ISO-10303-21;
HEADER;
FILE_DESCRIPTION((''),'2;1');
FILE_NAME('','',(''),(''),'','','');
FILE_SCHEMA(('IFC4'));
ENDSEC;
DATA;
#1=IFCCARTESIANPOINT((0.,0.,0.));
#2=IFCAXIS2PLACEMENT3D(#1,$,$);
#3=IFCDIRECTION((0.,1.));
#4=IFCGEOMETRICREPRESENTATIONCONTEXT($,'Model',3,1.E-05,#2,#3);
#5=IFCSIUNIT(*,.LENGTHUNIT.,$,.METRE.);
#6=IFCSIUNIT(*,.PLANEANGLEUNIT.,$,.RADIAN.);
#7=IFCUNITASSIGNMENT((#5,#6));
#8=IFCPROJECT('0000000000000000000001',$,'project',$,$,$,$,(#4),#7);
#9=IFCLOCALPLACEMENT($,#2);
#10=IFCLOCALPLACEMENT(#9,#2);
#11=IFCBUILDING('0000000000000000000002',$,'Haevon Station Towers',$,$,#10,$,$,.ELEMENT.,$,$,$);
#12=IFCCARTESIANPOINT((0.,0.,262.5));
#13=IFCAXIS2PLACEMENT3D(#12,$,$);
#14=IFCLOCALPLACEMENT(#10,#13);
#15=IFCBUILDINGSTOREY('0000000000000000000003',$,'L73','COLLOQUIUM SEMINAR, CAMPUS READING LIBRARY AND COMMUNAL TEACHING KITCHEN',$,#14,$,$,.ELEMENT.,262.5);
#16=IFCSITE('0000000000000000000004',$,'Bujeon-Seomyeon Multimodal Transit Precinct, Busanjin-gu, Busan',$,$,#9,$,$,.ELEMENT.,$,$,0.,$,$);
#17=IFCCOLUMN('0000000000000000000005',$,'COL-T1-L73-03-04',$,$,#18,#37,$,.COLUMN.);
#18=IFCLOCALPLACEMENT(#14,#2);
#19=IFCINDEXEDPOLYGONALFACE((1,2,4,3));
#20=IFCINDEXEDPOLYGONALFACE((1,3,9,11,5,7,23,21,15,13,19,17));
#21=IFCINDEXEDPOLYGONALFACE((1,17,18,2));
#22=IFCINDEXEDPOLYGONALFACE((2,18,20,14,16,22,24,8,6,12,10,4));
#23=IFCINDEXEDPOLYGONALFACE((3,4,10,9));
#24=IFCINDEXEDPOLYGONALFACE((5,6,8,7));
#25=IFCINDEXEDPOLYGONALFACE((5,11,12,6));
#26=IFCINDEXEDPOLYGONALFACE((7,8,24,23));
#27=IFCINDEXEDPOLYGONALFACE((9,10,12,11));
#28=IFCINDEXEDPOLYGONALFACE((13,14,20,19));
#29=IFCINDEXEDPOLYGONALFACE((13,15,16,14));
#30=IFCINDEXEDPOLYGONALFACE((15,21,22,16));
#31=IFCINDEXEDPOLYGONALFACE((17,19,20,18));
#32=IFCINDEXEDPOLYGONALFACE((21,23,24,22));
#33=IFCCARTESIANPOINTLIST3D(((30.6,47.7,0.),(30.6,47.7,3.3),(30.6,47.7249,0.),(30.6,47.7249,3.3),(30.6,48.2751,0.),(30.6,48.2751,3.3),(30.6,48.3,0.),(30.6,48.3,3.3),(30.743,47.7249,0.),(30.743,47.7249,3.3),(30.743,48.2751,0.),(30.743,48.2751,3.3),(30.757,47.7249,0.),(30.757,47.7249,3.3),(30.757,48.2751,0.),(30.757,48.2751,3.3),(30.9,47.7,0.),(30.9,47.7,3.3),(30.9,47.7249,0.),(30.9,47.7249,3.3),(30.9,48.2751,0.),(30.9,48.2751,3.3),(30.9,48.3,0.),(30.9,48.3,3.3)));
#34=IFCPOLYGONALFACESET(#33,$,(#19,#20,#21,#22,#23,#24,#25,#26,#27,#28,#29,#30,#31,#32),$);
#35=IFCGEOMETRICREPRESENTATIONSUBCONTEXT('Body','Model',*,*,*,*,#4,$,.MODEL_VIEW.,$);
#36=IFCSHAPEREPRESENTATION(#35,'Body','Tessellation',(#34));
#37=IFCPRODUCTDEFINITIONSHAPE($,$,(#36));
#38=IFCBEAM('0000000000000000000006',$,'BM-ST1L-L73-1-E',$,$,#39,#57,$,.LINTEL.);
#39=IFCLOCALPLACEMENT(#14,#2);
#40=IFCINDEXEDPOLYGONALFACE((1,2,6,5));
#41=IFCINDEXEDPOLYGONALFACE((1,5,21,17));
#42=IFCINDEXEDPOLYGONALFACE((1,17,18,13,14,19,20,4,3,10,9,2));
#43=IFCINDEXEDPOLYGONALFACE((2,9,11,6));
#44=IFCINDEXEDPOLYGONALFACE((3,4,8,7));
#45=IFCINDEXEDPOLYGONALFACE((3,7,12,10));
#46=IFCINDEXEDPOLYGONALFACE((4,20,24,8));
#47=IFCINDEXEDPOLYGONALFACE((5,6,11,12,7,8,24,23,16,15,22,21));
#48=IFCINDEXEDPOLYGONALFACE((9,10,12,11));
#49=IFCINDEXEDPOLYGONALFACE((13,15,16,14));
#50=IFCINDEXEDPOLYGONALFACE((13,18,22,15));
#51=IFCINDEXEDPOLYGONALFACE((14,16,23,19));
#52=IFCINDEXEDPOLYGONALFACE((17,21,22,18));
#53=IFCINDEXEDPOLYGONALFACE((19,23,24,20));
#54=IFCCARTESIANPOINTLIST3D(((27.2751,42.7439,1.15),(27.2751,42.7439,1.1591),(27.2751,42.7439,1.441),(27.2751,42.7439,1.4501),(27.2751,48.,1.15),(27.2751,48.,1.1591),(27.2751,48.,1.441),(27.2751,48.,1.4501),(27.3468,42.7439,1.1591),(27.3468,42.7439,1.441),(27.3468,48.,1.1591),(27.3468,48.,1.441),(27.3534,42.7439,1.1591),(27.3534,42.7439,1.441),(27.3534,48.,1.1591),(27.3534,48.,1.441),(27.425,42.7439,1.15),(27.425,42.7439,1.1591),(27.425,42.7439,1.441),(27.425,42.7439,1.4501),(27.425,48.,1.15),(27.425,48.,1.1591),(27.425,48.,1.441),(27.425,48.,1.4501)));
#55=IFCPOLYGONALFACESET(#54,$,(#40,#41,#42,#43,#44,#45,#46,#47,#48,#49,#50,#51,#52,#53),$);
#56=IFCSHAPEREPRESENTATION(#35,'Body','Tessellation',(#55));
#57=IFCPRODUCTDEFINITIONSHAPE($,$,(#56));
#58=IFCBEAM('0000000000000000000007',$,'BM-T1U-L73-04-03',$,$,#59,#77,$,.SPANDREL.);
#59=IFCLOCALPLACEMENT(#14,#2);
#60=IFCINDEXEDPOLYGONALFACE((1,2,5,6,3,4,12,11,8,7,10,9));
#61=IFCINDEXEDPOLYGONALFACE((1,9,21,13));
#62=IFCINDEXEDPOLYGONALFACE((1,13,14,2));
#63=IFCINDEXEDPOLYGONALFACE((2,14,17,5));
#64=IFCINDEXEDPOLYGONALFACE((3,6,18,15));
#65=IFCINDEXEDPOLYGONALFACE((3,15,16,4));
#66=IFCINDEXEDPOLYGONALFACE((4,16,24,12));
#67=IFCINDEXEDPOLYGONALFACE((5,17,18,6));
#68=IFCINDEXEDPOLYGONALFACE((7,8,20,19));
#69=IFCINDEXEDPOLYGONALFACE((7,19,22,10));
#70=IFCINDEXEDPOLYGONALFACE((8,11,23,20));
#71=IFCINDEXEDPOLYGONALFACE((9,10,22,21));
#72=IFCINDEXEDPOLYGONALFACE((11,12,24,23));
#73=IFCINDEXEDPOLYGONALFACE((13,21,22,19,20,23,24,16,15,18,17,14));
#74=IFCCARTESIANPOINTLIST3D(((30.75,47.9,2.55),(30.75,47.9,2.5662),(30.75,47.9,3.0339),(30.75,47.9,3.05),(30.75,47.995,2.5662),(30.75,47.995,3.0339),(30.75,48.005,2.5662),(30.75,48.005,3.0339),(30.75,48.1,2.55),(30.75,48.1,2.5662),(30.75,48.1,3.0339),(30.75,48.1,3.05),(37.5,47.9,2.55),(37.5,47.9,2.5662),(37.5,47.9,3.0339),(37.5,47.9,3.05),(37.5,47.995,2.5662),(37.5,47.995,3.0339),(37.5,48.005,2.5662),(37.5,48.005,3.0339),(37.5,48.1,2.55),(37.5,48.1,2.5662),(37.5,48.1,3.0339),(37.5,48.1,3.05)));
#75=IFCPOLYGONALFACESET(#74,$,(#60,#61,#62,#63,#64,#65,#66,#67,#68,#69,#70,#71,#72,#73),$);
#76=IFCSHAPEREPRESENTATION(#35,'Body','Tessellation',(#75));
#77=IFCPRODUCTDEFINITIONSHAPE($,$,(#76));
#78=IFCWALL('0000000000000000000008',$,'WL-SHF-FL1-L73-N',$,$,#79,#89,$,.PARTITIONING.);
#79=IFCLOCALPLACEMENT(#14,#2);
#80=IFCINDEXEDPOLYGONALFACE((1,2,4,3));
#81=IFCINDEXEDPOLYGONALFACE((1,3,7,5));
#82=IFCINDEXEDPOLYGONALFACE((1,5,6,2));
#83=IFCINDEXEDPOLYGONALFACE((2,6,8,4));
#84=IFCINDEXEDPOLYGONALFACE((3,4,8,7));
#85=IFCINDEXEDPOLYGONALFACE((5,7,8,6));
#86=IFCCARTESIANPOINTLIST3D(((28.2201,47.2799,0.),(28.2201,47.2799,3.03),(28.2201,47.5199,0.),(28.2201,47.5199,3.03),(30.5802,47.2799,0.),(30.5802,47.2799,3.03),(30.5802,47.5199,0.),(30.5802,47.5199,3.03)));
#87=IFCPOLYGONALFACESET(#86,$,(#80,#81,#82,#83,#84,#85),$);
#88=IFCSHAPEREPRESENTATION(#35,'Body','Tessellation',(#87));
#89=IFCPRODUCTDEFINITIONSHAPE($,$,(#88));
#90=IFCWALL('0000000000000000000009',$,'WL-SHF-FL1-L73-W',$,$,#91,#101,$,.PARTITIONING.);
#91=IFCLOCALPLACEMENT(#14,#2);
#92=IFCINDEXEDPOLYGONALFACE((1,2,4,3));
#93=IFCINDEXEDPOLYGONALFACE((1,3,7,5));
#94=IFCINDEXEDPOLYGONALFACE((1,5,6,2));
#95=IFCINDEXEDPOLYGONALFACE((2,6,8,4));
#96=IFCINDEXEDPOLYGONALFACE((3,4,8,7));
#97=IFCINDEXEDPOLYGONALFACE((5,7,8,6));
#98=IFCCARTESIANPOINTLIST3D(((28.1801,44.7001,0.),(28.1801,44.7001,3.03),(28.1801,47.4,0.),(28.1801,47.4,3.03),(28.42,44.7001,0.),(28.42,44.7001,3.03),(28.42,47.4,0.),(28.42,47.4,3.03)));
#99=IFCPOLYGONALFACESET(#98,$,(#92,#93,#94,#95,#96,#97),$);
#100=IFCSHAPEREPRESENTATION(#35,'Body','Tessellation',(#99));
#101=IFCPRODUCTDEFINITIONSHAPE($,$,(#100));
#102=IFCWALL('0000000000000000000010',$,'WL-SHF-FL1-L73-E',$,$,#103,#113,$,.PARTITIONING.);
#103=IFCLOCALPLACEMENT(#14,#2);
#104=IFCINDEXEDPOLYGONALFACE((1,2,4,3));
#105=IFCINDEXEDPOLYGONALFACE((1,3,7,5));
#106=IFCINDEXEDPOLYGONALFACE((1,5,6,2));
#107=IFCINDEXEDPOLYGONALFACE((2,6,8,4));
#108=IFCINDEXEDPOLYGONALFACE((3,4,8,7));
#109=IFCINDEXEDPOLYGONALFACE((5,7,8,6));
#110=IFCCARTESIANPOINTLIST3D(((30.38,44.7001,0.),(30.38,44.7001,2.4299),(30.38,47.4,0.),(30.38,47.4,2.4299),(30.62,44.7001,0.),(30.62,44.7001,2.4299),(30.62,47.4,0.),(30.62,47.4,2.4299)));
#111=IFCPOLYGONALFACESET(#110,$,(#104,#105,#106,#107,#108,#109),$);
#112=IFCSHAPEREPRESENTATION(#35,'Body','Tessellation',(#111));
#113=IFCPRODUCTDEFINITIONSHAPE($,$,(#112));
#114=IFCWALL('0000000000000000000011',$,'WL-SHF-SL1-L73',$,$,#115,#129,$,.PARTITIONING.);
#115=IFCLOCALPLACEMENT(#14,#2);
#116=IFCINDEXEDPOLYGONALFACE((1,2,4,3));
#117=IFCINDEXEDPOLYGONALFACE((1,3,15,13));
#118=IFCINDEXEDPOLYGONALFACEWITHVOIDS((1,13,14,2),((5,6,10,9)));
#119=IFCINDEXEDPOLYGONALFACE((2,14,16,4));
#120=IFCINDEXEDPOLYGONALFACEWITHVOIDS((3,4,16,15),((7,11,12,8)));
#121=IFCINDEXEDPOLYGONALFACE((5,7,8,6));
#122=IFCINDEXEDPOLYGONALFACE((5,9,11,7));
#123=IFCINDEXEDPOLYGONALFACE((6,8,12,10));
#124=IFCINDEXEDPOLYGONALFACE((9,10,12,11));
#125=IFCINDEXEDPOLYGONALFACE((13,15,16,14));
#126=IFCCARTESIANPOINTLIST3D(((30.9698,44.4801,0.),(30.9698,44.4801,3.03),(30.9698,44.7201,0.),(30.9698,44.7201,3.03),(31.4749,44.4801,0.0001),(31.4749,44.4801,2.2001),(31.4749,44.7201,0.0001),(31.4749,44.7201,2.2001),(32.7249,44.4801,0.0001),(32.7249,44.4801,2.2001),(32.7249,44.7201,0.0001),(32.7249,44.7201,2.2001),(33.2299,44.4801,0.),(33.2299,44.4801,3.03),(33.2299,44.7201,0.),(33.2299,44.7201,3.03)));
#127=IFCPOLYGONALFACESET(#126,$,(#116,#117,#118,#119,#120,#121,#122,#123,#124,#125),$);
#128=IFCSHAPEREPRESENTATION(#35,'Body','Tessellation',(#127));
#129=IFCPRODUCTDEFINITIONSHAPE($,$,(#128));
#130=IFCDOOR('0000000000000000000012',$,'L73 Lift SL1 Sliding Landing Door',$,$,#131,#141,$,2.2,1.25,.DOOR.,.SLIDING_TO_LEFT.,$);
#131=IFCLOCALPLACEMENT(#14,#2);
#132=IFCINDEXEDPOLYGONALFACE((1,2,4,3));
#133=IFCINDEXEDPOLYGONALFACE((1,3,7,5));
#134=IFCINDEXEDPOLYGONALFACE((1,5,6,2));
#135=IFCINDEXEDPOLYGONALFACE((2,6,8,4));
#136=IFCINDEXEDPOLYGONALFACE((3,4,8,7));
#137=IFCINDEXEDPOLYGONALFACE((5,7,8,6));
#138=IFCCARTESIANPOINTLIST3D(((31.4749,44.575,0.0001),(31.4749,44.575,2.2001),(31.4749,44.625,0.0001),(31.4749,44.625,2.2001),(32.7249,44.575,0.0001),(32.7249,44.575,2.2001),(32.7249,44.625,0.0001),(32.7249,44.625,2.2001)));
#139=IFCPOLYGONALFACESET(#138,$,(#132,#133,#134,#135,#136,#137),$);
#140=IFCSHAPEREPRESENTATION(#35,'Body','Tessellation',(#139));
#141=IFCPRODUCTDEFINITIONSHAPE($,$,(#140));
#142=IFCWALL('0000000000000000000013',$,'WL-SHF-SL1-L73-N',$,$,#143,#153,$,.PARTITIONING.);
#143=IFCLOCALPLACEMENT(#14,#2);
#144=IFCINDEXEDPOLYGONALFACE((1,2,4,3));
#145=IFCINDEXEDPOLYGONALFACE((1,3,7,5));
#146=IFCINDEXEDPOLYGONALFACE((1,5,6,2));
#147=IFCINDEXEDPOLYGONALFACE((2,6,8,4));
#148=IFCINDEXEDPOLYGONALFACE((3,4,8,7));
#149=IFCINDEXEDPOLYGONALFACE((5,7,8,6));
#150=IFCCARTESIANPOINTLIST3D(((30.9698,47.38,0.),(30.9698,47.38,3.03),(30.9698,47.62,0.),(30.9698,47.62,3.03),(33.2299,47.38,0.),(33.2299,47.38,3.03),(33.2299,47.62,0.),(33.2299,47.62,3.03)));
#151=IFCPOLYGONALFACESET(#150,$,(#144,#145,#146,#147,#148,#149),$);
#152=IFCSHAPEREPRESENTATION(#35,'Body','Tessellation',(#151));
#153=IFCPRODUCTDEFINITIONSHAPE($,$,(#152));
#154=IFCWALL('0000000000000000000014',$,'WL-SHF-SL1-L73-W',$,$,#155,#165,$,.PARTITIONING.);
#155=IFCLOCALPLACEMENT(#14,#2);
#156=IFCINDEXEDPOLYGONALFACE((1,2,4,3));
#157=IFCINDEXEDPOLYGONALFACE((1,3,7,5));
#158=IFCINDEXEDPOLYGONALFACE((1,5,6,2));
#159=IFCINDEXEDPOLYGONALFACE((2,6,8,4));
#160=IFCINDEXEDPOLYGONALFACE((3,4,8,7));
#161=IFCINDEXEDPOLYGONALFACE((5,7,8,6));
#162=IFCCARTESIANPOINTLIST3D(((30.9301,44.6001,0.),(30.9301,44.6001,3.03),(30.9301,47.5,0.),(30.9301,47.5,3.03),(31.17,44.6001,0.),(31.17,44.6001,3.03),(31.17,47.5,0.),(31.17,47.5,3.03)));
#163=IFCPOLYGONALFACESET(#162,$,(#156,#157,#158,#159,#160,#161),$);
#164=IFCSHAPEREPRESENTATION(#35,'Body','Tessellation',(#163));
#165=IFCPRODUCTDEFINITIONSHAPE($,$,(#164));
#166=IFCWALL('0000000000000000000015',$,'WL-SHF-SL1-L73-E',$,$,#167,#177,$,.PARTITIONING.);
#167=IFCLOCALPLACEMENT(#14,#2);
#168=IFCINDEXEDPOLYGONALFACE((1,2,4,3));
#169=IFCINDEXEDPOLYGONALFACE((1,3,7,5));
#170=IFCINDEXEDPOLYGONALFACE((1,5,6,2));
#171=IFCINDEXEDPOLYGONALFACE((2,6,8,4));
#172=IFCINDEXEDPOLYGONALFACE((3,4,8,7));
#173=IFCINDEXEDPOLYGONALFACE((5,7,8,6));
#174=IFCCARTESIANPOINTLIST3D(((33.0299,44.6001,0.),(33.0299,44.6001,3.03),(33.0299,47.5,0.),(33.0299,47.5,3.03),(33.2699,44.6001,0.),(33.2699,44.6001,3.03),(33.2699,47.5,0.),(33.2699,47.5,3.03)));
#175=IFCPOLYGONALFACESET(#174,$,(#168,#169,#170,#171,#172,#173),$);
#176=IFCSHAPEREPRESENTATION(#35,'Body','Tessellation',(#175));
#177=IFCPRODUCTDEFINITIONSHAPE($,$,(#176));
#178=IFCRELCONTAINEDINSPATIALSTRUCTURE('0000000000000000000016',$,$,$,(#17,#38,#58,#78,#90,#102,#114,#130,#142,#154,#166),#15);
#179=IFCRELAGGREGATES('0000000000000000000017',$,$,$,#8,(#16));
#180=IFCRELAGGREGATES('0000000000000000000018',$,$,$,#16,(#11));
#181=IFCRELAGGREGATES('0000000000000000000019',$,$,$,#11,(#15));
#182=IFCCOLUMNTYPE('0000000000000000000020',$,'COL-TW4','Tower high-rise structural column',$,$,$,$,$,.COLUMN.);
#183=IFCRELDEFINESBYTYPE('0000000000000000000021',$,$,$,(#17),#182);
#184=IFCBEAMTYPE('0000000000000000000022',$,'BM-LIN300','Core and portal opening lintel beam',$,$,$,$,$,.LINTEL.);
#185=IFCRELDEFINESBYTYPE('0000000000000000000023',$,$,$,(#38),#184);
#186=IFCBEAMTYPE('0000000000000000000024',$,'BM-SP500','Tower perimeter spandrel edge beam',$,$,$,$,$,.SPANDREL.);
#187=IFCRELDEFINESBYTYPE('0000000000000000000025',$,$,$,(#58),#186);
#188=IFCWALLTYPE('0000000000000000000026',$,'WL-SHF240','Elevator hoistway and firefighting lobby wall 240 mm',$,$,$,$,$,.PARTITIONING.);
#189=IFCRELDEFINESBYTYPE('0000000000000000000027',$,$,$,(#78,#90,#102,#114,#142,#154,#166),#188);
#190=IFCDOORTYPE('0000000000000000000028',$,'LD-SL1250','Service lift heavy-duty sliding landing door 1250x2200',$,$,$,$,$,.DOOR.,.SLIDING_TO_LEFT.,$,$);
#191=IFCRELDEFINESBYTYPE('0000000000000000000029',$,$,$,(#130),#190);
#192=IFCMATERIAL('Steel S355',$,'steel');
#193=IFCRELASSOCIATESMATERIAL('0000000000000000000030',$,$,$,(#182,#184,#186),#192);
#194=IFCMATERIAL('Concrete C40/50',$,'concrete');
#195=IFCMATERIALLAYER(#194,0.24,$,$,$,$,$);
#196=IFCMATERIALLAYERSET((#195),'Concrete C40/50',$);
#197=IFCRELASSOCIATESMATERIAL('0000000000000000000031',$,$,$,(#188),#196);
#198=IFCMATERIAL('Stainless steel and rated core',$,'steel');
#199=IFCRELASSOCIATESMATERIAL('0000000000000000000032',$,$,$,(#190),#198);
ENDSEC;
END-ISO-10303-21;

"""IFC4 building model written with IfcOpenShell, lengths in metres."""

from ifc_helpers import new_model, si_unit, direction, frame, frame_2d, origin, origin_2d, place, context, subcontext, project, spatial, rectangle, i_section, extrude, material, layer, layer_set, material_profile, profile_set, type_object, element, fill, save


model = new_model("IFC4")

# Units and contexts
model_context = context("Model", 3, precision=1e-05, world=origin(), true_north=direction((0.0, 1.0)))
body_context = subcontext(model_context, "Body", "Model", "MODEL_VIEW")
ifc_project = project(units=[si_unit("LENGTHUNIT", "METRE"), si_unit("PLANEANGLEUNIT", "RADIAN")], contexts=[model_context])

# Site, building, storey
site_placement = place(None, origin())
site = spatial("IfcSite", under=ifc_project, at=site_placement, Name="Bujeon-Seomyeon Multimodal Transit Precinct, Busanjin-gu, Busan", CompositionType="ELEMENT", RefElevation=0.0)
building_placement = place(site_placement, origin())
building = spatial("IfcBuilding", under=site, at=building_placement, Name="Haevon Station Towers", CompositionType="ELEMENT")
storey_placement = place(building_placement, frame((0.0, 0.0, 262.5)))
storey = spatial("IfcBuildingStorey", under=building, at=storey_placement, Name="L73", Description="COLLOQUIUM SEMINAR, CAMPUS READING LIBRARY AND COMMUNAL TEACHING KITCHEN", CompositionType="ELEMENT", Elevation=262.5)

# Column
ifc_material_1 = material(Name="Steel S355", Category="steel")
ifc_material_profile_1 = material_profile(ifc_material_1, i_section(OverallWidth=0.3, OverallDepth=0.6001, WebThickness=0.0139, FlangeThickness=0.0249, at=origin_2d()), Name="H-600x300x14x25")
ifc_profile_set_1 = profile_set([ifc_material_profile_1], Name="Steel S355")
column_type = type_object("IfcColumnType", Name="COL-TW4", Description="Tower high-rise structural column", PredefinedType="COLUMN", material=ifc_profile_set_1)
column_placement = place(storey_placement, frame((30.75, 48.0, 0.0), z_axis=(0.0, 0.0, 1.0), x_axis=(1.0, 0.0, 0.0)))
element("IfcColumn", 1, at=column_placement, inside=storey, type_object=column_type, Name="COL-T1-L73-03-04", PredefinedType="COLUMN", context=body_context, shape_type="SweptSolid", body=[
    extrude(i_section(OverallWidth=0.3, OverallDepth=0.6001, WebThickness=0.0139, FlangeThickness=0.0249, at=origin_2d()), origin(), (0.0, 0.0, 1.0), 3.3),
])

# Beams
ifc_material_profile_2 = material_profile(ifc_material_1, i_section(OverallWidth=0.1499, OverallDepth=0.3, WebThickness=0.0066, FlangeThickness=0.009, at=origin_2d()), Name="H-300x150x6.5x9")
ifc_profile_set_2 = profile_set([ifc_material_profile_2], Name="Steel S355")
beam_type_1 = type_object("IfcBeamType", Name="BM-LIN300", Description="Core and portal opening lintel beam", PredefinedType="LINTEL", material=ifc_profile_set_2)
beam_1_placement = place(storey_placement, frame((27.3501, 42.7439, 1.3), z_axis=(0.0, 1.0, 0.0), x_axis=(-1.0, 0.0, 0.0)))
element("IfcBeam", 2, at=beam_1_placement, inside=storey, type_object=beam_type_1, Name="BM-ST1L-L73-1-E", PredefinedType="LINTEL", context=body_context, shape_type="SweptSolid", body=[
    extrude(i_section(OverallWidth=0.1499, OverallDepth=0.3, WebThickness=0.0066, FlangeThickness=0.009, at=origin_2d()), origin(), (0.0, 0.0, 1.0), 5.2561),
])
ifc_material_profile_3 = material_profile(ifc_material_1, i_section(OverallWidth=0.2, OverallDepth=0.5, WebThickness=0.01, FlangeThickness=0.0161, at=origin_2d()), Name="H-500x200x10x16")
ifc_profile_set_3 = profile_set([ifc_material_profile_3], Name="Steel S355")
beam_type_2 = type_object("IfcBeamType", Name="BM-SP500", Description="Tower perimeter spandrel edge beam", PredefinedType="SPANDREL", material=ifc_profile_set_3)
beam_2_placement = place(storey_placement, frame((30.75, 48.0, 2.8), z_axis=(1.0, 0.0, 0.0), x_axis=(0.0, 1.0, 0.0)))
element("IfcBeam", 3, at=beam_2_placement, inside=storey, type_object=beam_type_2, Name="BM-T1U-L73-04-03", PredefinedType="SPANDREL", context=body_context, shape_type="SweptSolid", body=[
    extrude(i_section(OverallWidth=0.2, OverallDepth=0.5, WebThickness=0.01, FlangeThickness=0.0161, at=origin_2d()), origin(), (0.0, 0.0, 1.0), 6.75),
])

# Shared definitions
ifc_material_2 = material(Name="Concrete C40/50", Category="concrete")
ifc_layer = layer(ifc_material_2, 0.24)
ifc_layer_set = layer_set([ifc_layer], Name="Concrete C40/50")
wall_type = type_object("IfcWallType", Name="WL-SHF240", Description="Elevator hoistway and firefighting lobby wall 240 mm", PredefinedType="PARTITIONING", material=ifc_layer_set)
ifc_material_3 = material(Name="Stainless steel and rated core", Category="steel")

# Walls
wall_1_placement = place(storey_placement, frame((28.22, 47.3999, 0.0), z_axis=(0.0, 0.0, 1.0), x_axis=(1.0, 0.0, 0.0)))
element("IfcWall", 4, at=wall_1_placement, inside=storey, type_object=wall_type, Name="WL-SHF-FL1-L73-N", PredefinedType="PARTITIONING", context=body_context, shape_type="SweptSolid", body=[
    extrude(rectangle(XDim=2.3601, YDim=0.24, at=frame_2d((1.1802, 0.0))), origin(), (0.0, 0.0, 1.0), 3.03),
])
wall_2_placement = place(storey_placement, frame((28.3, 44.7, 0.0), z_axis=(0.0, 0.0, 1.0), x_axis=(0.0, 1.0, 0.0)))
element("IfcWall", 5, at=wall_2_placement, inside=storey, type_object=wall_type, Name="WL-SHF-FL1-L73-W", PredefinedType="PARTITIONING", context=body_context, shape_type="SweptSolid", body=[
    extrude(rectangle(XDim=2.7, YDim=0.24, at=frame_2d((1.3501, 0.0))), origin(), (0.0, 0.0, 1.0), 3.03),
])
wall_3_placement = place(storey_placement, frame((30.5, 44.7, 0.0), z_axis=(0.0, 0.0, 1.0), x_axis=(0.0, 1.0, 0.0)))
element("IfcWall", 6, at=wall_3_placement, inside=storey, type_object=wall_type, Name="WL-SHF-FL1-L73-E", PredefinedType="PARTITIONING", context=body_context, shape_type="SweptSolid", body=[
    extrude(rectangle(XDim=2.7, YDim=0.24, at=frame_2d((1.3501, 0.0))), origin(), (0.0, 0.0, 1.0), 2.4299),
])

# Wall, opening, door
wall_4_placement = place(storey_placement, frame((30.97, 44.6001, 0.0), z_axis=(0.0, 0.0, 1.0), x_axis=(1.0, 0.0, 0.0)))
wall_4 = element("IfcWall", 7, at=wall_4_placement, inside=storey, type_object=wall_type, Name="WL-SHF-SL1-L73", PredefinedType="PARTITIONING", context=body_context, shape_type="SweptSolid", body=[
    extrude(rectangle(XDim=2.26, YDim=0.24, at=frame_2d((1.1299, 0.0))), origin(), (0.0, 0.0, 1.0), 3.03),
])
opening_1_placement = place(wall_4_placement, frame((0.5049, 0.0, 0.0)))
opening_1 = element("IfcOpeningElement", 8, at=opening_1_placement, cuts=wall_4, PredefinedType="OPENING", context=body_context, shape_type="SweptSolid", body=[
    extrude(rectangle(XDim=1.25, YDim=2.2, at=frame_2d((0.625, 1.1001))), frame((0.0, 0.1299, 0.0), z_axis=(0.0, -1.0, 0.0), x_axis=(1.0, 0.0, 0.0)), (0.0, 0.0, 1.0), 0.26),
])
door_type_1 = type_object("IfcDoorType", Name="LD-SL1250", Description="Service lift heavy-duty sliding landing door 1250x2200", OperationType="SLIDING_TO_LEFT", PredefinedType="DOOR", material=ifc_material_3)
door_1_placement = place(opening_1_placement, origin())
door_1 = element("IfcDoor", 9, at=door_1_placement, inside=storey, type_object=door_type_1, Name="L73 Lift SL1 Sliding Landing Door", OperationType="SLIDING_TO_LEFT", OverallHeight=2.2, OverallWidth=1.25, PredefinedType="DOOR", context=body_context, shape_type="SweptSolid", body=[
    extrude(rectangle(XDim=1.25, YDim=2.2, at=frame_2d((0.625, 1.1001))), frame((0.0, 0.0249, 0.0), z_axis=(0.0, -1.0, 0.0), x_axis=(1.0, 0.0, 0.0)), (0.0, 0.0, 1.0), 0.05),
])
fill(opening_1, door_1)

# Walls
wall_5_placement = place(storey_placement, frame((30.97, 47.5, 0.0), z_axis=(0.0, 0.0, 1.0), x_axis=(1.0, 0.0, 0.0)))
element("IfcWall", 10, at=wall_5_placement, inside=storey, type_object=wall_type, Name="WL-SHF-SL1-L73-N", PredefinedType="PARTITIONING", context=body_context, shape_type="SweptSolid", body=[
    extrude(rectangle(XDim=2.26, YDim=0.24, at=frame_2d((1.1299, 0.0))), origin(), (0.0, 0.0, 1.0), 3.03),
])
for number, where, z_axis, x_axis, name in (
    (11, (31.05, 44.6001, 0.0), (0.0, 0.0, 1.0), (0.0, 1.0, 0.0), "WL-SHF-SL1-L73-W"),
    (12, (33.1499, 44.6001, 0.0), (0.0, 0.0, 1.0), (0.0, 1.0, 0.0), "WL-SHF-SL1-L73-E"),
):
    element("IfcWall", number, at=place(storey_placement, frame(where, z_axis=z_axis, x_axis=x_axis)), inside=storey, type_object=wall_type, Name=name, PredefinedType="PARTITIONING", context=body_context, shape_type="SweptSolid", body=[
        extrude(rectangle(XDim=2.8999, YDim=0.24, at=frame_2d((1.45, 0.0))), origin(), (0.0, 0.0, 1.0), 3.03),
    ])

save(model, "model.ifc")
